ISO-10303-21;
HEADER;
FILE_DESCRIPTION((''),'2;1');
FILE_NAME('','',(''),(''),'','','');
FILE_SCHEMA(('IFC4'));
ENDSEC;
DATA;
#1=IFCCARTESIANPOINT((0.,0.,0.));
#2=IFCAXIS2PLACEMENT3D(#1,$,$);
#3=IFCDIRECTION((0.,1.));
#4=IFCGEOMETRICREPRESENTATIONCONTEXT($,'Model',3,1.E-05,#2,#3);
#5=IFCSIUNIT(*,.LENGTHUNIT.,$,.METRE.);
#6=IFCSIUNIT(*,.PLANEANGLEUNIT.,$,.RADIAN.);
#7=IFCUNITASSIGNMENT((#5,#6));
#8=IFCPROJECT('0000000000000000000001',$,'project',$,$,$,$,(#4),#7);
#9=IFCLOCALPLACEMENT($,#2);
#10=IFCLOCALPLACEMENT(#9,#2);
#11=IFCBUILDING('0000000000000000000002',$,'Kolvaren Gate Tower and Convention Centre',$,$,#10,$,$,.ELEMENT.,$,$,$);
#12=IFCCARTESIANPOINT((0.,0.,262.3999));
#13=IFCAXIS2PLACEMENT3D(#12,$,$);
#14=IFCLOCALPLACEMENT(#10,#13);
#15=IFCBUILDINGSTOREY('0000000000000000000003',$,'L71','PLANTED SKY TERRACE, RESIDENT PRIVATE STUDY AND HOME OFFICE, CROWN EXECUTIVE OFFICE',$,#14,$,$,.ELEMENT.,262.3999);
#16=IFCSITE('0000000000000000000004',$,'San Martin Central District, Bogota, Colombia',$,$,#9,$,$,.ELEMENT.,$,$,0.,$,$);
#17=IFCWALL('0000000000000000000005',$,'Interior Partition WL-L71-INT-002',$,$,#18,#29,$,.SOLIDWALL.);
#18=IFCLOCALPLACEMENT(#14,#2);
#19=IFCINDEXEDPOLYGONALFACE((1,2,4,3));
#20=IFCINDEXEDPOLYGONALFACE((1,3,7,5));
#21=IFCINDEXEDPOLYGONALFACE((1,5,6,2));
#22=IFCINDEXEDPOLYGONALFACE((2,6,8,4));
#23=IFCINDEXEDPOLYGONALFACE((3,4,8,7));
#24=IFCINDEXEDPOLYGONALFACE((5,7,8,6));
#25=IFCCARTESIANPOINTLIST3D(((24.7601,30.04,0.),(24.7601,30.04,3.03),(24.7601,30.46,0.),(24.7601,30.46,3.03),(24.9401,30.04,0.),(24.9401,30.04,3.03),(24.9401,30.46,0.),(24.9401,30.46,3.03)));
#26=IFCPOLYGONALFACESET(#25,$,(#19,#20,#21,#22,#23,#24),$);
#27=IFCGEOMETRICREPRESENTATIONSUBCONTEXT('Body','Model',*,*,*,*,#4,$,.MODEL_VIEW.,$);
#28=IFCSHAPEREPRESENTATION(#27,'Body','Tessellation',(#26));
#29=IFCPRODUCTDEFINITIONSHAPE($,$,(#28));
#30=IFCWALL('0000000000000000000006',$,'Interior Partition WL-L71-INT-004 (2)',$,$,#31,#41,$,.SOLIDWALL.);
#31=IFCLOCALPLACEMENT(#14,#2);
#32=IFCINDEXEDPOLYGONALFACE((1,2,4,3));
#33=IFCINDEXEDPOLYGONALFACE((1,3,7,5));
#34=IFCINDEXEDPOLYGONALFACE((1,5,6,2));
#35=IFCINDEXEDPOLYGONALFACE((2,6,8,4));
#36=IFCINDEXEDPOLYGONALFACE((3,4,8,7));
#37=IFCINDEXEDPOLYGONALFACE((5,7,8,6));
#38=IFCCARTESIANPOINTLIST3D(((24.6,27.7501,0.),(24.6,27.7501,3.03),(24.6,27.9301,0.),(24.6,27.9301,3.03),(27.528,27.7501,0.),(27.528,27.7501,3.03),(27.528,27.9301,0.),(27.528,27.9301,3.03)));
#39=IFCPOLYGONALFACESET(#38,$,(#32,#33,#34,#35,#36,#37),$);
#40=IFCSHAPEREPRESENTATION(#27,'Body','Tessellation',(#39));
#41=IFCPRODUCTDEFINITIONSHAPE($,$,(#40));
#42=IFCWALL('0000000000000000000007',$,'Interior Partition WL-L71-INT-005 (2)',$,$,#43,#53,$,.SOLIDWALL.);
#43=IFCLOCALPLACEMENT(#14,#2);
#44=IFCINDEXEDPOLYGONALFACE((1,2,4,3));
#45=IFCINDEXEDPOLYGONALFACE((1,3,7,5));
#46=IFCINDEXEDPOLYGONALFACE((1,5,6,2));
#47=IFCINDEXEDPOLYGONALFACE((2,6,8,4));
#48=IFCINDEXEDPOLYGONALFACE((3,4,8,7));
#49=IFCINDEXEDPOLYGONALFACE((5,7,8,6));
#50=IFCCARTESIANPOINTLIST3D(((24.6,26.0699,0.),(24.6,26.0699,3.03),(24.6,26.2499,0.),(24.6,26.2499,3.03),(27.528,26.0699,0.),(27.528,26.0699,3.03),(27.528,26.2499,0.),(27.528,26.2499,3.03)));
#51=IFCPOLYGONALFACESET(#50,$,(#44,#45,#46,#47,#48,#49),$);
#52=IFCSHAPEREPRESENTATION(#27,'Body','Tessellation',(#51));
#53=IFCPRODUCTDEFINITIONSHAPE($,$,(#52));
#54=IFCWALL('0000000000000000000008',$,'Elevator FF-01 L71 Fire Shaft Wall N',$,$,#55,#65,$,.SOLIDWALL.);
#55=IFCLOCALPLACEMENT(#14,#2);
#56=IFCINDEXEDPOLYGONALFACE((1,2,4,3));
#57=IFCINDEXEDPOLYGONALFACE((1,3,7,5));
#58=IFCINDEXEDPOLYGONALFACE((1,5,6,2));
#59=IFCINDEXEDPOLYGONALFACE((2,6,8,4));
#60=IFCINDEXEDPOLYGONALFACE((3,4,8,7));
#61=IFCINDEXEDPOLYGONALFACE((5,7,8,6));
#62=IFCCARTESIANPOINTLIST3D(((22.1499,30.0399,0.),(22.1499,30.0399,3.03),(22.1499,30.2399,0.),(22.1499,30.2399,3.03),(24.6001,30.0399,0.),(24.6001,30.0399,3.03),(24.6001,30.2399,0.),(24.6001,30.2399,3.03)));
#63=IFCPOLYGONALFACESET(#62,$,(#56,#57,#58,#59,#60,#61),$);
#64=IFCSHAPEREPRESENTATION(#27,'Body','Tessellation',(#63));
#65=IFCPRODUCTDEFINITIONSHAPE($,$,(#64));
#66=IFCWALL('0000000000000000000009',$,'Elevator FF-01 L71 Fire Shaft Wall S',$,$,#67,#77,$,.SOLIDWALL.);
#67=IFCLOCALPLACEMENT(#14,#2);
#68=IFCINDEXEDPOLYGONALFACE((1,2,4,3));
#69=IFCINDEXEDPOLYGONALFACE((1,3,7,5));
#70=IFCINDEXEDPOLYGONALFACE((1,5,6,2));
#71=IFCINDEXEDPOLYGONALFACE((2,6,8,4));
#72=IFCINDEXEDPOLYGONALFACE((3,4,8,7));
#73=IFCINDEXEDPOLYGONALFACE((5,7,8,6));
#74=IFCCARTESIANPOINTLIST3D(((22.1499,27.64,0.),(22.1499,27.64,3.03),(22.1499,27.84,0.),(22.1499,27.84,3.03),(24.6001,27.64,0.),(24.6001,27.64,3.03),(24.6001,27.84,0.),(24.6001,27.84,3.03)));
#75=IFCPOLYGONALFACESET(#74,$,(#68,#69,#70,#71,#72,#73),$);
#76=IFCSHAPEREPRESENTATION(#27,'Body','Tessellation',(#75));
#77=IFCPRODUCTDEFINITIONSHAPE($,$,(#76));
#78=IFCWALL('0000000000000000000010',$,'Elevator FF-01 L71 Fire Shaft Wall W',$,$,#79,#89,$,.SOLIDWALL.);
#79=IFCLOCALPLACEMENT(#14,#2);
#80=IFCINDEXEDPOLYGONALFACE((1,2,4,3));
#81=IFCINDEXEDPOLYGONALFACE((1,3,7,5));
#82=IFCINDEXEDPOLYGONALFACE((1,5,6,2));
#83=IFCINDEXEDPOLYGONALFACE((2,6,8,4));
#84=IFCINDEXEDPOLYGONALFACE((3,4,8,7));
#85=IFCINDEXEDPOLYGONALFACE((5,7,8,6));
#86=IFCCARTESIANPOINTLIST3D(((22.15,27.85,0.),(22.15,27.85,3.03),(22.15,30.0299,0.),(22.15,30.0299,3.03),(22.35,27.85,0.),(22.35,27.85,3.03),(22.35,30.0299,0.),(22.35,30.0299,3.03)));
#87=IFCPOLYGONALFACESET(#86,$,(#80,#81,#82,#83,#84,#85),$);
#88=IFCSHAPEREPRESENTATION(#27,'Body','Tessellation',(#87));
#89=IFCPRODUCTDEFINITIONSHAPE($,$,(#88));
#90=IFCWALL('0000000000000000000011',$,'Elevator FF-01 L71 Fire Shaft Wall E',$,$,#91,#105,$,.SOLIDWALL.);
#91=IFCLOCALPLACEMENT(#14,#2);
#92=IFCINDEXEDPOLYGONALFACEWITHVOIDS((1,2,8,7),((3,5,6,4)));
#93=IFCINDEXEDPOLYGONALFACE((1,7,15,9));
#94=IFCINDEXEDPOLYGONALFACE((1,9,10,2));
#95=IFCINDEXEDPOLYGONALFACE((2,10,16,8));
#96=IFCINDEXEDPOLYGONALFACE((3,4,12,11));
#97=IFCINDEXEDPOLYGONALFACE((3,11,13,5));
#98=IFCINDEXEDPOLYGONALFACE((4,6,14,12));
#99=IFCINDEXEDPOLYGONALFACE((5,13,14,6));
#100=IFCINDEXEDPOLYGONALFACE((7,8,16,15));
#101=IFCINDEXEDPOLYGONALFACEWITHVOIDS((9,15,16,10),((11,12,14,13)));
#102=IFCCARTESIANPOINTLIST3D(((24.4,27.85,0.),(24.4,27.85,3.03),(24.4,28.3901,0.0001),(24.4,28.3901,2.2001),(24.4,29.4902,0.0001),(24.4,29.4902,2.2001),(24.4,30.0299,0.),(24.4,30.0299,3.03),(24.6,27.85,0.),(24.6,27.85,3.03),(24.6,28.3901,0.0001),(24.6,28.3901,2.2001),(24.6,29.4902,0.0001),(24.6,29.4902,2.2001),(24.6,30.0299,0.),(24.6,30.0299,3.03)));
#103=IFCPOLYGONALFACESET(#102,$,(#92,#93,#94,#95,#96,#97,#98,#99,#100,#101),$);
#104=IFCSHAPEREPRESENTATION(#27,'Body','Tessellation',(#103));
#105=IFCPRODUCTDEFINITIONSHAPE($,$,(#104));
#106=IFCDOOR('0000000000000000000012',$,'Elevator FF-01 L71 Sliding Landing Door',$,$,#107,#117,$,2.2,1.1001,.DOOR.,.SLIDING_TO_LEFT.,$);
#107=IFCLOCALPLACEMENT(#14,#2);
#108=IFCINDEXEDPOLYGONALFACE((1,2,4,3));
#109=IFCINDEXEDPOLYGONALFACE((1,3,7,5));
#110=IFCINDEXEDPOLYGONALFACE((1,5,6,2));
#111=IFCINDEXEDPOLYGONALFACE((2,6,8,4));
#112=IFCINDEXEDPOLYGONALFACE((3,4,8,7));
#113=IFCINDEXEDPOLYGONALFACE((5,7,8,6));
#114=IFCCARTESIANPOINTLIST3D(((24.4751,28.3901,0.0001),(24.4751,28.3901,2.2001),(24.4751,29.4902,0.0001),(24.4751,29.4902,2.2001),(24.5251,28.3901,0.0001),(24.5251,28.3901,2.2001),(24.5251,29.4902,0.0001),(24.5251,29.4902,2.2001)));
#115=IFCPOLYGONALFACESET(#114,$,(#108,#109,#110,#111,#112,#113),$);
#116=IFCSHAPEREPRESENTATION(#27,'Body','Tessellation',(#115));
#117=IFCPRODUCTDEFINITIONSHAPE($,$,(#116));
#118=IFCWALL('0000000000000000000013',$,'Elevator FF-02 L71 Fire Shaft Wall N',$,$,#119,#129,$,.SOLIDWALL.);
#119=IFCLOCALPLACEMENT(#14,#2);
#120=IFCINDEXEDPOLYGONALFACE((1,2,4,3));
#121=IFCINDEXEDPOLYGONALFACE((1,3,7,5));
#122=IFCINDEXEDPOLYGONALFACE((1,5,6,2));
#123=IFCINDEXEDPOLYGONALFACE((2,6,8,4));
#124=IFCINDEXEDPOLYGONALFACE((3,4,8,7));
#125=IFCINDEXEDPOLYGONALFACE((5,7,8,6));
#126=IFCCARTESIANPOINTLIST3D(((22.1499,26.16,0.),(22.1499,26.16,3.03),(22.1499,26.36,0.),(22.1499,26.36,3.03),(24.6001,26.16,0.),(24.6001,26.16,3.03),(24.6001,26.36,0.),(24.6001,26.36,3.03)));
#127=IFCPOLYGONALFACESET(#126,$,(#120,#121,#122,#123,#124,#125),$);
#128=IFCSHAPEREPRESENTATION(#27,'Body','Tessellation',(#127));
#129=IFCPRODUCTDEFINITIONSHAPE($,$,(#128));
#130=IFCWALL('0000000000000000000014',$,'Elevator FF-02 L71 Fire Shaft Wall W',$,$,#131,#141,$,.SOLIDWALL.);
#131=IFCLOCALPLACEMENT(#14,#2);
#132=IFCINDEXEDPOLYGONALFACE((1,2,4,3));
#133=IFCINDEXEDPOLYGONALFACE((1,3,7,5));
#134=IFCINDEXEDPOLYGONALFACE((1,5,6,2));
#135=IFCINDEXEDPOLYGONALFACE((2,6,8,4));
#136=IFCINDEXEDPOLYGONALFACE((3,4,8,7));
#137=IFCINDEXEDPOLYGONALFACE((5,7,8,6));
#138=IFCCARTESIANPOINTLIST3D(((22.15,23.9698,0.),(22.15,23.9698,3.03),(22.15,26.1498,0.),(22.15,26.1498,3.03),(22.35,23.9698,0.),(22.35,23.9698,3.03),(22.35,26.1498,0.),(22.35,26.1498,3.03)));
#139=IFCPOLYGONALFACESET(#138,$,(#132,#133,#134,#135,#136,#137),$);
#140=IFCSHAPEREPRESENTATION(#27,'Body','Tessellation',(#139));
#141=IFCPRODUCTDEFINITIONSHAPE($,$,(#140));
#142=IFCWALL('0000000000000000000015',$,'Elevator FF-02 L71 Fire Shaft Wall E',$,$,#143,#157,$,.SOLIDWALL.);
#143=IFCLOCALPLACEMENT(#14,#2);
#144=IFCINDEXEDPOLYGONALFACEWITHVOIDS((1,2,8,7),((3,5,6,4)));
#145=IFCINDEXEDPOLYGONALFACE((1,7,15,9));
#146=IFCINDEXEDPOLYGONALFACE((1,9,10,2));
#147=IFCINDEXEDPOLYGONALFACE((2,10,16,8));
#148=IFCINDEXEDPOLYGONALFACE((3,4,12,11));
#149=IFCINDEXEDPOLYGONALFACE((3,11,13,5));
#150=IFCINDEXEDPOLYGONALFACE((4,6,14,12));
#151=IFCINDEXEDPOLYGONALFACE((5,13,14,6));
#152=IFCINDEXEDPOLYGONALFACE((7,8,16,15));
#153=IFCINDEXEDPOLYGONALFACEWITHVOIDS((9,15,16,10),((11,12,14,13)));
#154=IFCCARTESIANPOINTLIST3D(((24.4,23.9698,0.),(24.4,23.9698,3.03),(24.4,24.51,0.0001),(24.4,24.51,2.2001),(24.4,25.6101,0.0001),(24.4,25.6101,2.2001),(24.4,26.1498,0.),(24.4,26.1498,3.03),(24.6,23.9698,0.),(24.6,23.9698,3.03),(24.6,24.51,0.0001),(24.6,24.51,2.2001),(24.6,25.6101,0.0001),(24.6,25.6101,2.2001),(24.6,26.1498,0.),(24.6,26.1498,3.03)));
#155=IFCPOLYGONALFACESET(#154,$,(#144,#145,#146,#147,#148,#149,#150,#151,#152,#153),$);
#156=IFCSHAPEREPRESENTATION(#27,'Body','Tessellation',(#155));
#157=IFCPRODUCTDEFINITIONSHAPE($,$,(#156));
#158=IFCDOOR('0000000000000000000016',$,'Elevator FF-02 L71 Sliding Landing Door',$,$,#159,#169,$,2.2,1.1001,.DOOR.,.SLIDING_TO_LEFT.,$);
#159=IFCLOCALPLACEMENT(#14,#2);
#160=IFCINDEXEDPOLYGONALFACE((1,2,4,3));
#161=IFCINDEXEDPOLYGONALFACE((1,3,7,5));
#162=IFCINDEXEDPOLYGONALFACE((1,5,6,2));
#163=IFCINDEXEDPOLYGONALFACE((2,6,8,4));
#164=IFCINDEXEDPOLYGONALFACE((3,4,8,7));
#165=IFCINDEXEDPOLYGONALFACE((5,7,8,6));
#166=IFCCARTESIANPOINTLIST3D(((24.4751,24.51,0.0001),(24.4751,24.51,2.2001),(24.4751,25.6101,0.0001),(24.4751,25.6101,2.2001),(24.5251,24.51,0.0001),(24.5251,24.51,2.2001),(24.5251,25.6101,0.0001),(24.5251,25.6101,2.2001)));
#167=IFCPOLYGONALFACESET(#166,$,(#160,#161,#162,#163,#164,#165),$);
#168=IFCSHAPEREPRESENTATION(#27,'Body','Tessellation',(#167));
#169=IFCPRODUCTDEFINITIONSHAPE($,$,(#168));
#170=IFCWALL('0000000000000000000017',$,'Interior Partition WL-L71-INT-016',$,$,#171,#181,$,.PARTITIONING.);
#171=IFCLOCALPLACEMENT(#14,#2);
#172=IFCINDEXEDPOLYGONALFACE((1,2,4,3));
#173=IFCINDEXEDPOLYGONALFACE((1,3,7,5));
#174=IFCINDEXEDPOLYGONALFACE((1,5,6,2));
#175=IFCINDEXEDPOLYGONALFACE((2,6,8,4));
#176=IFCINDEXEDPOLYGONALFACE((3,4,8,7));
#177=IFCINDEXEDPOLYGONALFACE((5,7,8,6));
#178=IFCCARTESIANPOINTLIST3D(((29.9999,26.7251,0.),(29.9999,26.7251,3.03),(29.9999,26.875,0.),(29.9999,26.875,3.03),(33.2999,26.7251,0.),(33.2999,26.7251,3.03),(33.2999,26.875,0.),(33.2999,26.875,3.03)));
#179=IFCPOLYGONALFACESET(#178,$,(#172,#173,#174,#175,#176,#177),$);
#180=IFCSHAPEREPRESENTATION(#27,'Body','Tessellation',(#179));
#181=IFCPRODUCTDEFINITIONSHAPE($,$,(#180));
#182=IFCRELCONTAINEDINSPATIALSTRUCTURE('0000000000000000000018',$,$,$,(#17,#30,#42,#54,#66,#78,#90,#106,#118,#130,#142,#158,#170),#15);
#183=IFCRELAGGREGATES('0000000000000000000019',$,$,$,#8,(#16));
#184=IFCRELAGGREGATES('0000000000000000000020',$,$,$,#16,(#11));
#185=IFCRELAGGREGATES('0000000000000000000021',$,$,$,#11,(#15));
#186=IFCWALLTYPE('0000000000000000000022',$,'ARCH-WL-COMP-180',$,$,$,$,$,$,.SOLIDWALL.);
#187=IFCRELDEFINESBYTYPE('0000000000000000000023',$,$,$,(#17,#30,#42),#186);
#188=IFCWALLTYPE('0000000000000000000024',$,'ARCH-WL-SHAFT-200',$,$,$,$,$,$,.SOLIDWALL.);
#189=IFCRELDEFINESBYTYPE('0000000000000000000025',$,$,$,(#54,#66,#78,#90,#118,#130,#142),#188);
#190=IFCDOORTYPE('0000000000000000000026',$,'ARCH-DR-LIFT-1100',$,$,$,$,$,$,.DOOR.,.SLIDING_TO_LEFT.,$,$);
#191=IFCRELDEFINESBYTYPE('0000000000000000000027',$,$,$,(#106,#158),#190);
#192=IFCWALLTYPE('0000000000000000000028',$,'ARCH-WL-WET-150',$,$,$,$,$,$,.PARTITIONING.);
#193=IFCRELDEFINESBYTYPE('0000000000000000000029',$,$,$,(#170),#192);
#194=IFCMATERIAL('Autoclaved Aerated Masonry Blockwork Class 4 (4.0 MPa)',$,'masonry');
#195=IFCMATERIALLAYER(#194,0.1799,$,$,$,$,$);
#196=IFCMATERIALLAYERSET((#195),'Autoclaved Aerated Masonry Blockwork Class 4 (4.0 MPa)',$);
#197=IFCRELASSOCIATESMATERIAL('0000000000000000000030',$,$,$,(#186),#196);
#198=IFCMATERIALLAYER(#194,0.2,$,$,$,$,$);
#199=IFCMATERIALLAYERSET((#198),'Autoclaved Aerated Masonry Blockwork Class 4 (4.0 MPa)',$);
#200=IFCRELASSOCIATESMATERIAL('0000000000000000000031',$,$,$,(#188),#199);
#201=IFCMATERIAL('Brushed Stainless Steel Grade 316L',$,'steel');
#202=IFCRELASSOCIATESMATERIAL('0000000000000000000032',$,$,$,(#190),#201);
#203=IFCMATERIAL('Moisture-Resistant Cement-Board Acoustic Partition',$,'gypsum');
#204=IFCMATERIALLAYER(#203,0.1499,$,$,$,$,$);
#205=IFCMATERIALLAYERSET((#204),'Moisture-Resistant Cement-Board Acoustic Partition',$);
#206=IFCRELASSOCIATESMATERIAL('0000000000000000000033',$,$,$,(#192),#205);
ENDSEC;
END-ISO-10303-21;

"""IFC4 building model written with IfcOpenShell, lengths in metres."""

from ifc_helpers import new_model, si_unit, direction, frame, frame_2d, origin, place, context, subcontext, project, spatial, rectangle, extrude, material, layer, layer_set, type_object, element, fill, save


model = new_model("IFC4")

# Units and contexts
model_context = context("Model", 3, precision=1e-05, world=origin(), true_north=direction((0.0, 1.0)))
body_context = subcontext(model_context, "Body", "Model", "MODEL_VIEW")
ifc_project = project(units=[si_unit("LENGTHUNIT", "METRE"), si_unit("PLANEANGLEUNIT", "RADIAN")], contexts=[model_context])

# Site, building, storey
site_placement = place(None, origin())
site = spatial("IfcSite", under=ifc_project, at=site_placement, Name="San Martin Central District, Bogota, Colombia", CompositionType="ELEMENT", RefElevation=0.0)
building_placement = place(site_placement, origin())
building = spatial("IfcBuilding", under=site, at=building_placement, Name="Kolvaren Gate Tower and Convention Centre", CompositionType="ELEMENT")
storey_placement = place(building_placement, frame((0.0, 0.0, 262.3999)))
storey = spatial("IfcBuildingStorey", under=building, at=storey_placement, Name="L71", Description="PLANTED SKY TERRACE, RESIDENT PRIVATE STUDY AND HOME OFFICE, CROWN EXECUTIVE OFFICE", CompositionType="ELEMENT", Elevation=262.3999)

# Walls
ifc_material_1 = material(Name="Autoclaved Aerated Masonry Blockwork Class 4 (4.0 MPa)", Category="masonry")
ifc_layer_1 = layer(ifc_material_1, 0.1799)
ifc_layer_set_1 = layer_set([ifc_layer_1], Name="Autoclaved Aerated Masonry Blockwork Class 4 (4.0 MPa)")
wall_type_1 = type_object("IfcWallType", Name="ARCH-WL-COMP-180", PredefinedType="SOLIDWALL", material=ifc_layer_set_1)
wall_1_placement = place(storey_placement, frame((24.8501, 30.04, 0.0), z_axis=(0.0, 0.0, 1.0), x_axis=(0.0, 1.0, 0.0)))
element("IfcWall", 1, at=wall_1_placement, inside=storey, type_object=wall_type_1, Name="Interior Partition WL-L71-INT-002", PredefinedType="SOLIDWALL", context=body_context, shape_type="SweptSolid", body=[
    extrude(rectangle(XDim=0.4199, YDim=0.1799, at=frame_2d((0.21, 0.0))), origin(), (0.0, 0.0, 1.0), 3.03),
])
for number, where, z_axis, x_axis, name in (
    (2, (24.6001, 27.8401, 0.0), (0.0, 0.0, 1.0), (1.0, 0.0, 0.0), "Interior Partition WL-L71-INT-004 (2)"),
    (3, (24.6001, 26.1599, 0.0), (0.0, 0.0, 1.0), (1.0, 0.0, 0.0), "Interior Partition WL-L71-INT-005 (2)"),
):
    element("IfcWall", number, at=place(storey_placement, frame(where, z_axis=z_axis, x_axis=x_axis)), inside=storey, type_object=wall_type_1, Name=name, PredefinedType="SOLIDWALL", context=body_context, shape_type="SweptSolid", body=[
        extrude(rectangle(XDim=2.928, YDim=0.1799, at=frame_2d((1.4639, 0.0))), origin(), (0.0, 0.0, 1.0), 3.03),
    ])
ifc_layer_2 = layer(ifc_material_1, 0.2)
ifc_layer_set_2 = layer_set([ifc_layer_2], Name="Autoclaved Aerated Masonry Blockwork Class 4 (4.0 MPa)")
wall_type_2 = type_object("IfcWallType", Name="ARCH-WL-SHAFT-200", PredefinedType="SOLIDWALL", material=ifc_layer_set_2)
for number, where, z_axis, x_axis, name in (
    (4, (22.1499, 30.1399, 0.0), (0.0, 0.0, 1.0), (1.0, 0.0, 0.0), "Elevator FF-01 L71 Fire Shaft Wall N"),
    (5, (22.1499, 27.74, 0.0), (0.0, 0.0, 1.0), (1.0, 0.0, 0.0), "Elevator FF-01 L71 Fire Shaft Wall S"),
):
    element("IfcWall", number, at=place(storey_placement, frame(where, z_axis=z_axis, x_axis=x_axis)), inside=storey, type_object=wall_type_2, Name=name, PredefinedType="SOLIDWALL", context=body_context, shape_type="SweptSolid", body=[
        extrude(rectangle(XDim=2.4502, YDim=0.2, at=frame_2d((1.2251, 0.0))), origin(), (0.0, 0.0, 1.0), 3.03),
    ])
wall_2_placement = place(storey_placement, frame((22.25, 27.8501, 0.0), z_axis=(0.0, 0.0, 1.0), x_axis=(0.0, 1.0, 0.0)))
element("IfcWall", 6, at=wall_2_placement, inside=storey, type_object=wall_type_2, Name="Elevator FF-01 L71 Fire Shaft Wall W", PredefinedType="SOLIDWALL", context=body_context, shape_type="SweptSolid", body=[
    extrude(rectangle(XDim=2.1799, YDim=0.2, at=frame_2d((1.0898, 0.0))), origin(), (0.0, 0.0, 1.0), 3.03),
])

# Wall, opening, door
wall_3_placement = place(storey_placement, frame((24.5, 27.8501, 0.0), z_axis=(0.0, 0.0, 1.0), x_axis=(0.0, 1.0, 0.0)))
wall_3 = element("IfcWall", 7, at=wall_3_placement, inside=storey, type_object=wall_type_2, Name="Elevator FF-01 L71 Fire Shaft Wall E", PredefinedType="SOLIDWALL", context=body_context, shape_type="SweptSolid", body=[
    extrude(rectangle(XDim=2.1799, YDim=0.2, at=frame_2d((1.0898, 0.0))), origin(), (0.0, 0.0, 1.0), 3.03),
])
opening_1_placement = place(wall_3_placement, frame((0.54, 0.0, 0.0)))
opening_1 = element("IfcOpeningElement", 8, at=opening_1_placement, cuts=wall_3, PredefinedType="OPENING", context=body_context, shape_type="SweptSolid", body=[
    extrude(rectangle(XDim=1.1001, YDim=2.2, at=frame_2d((0.55, 1.1001))), frame((0.0, 0.1099, 0.0), z_axis=(0.0, -1.0, 0.0), x_axis=(1.0, 0.0, 0.0)), (0.0, 0.0, 1.0), 0.22),
])
ifc_material_2 = material(Name="Brushed Stainless Steel Grade 316L", Category="steel")
door_type_1 = type_object("IfcDoorType", Name="ARCH-DR-LIFT-1100", OperationType="SLIDING_TO_LEFT", PredefinedType="DOOR", material=ifc_material_2)
door_1_placement = place(opening_1_placement, origin())
door_1 = element("IfcDoor", 9, at=door_1_placement, inside=storey, type_object=door_type_1, Name="Elevator FF-01 L71 Sliding Landing Door", OperationType="SLIDING_TO_LEFT", OverallHeight=2.2, OverallWidth=1.1001, PredefinedType="DOOR", context=body_context, shape_type="SweptSolid", body=[
    extrude(rectangle(XDim=1.1001, YDim=2.2, at=frame_2d((0.55, 1.1001))), frame((0.0, 0.0249, 0.0), z_axis=(0.0, -1.0, 0.0), x_axis=(1.0, 0.0, 0.0)), (0.0, 0.0, 1.0), 0.05),
])
fill(opening_1, door_1)

# Walls
wall_4_placement = place(storey_placement, frame((22.1499, 26.26, 0.0), z_axis=(0.0, 0.0, 1.0), x_axis=(1.0, 0.0, 0.0)))
element("IfcWall", 10, at=wall_4_placement, inside=storey, type_object=wall_type_2, Name="Elevator FF-02 L71 Fire Shaft Wall N", PredefinedType="SOLIDWALL", context=body_context, shape_type="SweptSolid", body=[
    extrude(rectangle(XDim=2.4502, YDim=0.2, at=frame_2d((1.2251, 0.0))), origin(), (0.0, 0.0, 1.0), 3.03),
])
wall_5_placement = place(storey_placement, frame((22.25, 23.97, 0.0), z_axis=(0.0, 0.0, 1.0), x_axis=(0.0, 1.0, 0.0)))
element("IfcWall", 11, at=wall_5_placement, inside=storey, type_object=wall_type_2, Name="Elevator FF-02 L71 Fire Shaft Wall W", PredefinedType="SOLIDWALL", context=body_context, shape_type="SweptSolid", body=[
    extrude(rectangle(XDim=2.1799, YDim=0.2, at=frame_2d((1.0898, 0.0))), origin(), (0.0, 0.0, 1.0), 3.03),
])

# Wall, opening, door
wall_6_placement = place(storey_placement, frame((24.5, 23.97, 0.0), z_axis=(0.0, 0.0, 1.0), x_axis=(0.0, 1.0, 0.0)))
wall_6 = element("IfcWall", 12, at=wall_6_placement, inside=storey, type_object=wall_type_2, Name="Elevator FF-02 L71 Fire Shaft Wall E", PredefinedType="SOLIDWALL", context=body_context, shape_type="SweptSolid", body=[
    extrude(rectangle(XDim=2.1799, YDim=0.2, at=frame_2d((1.0898, 0.0))), origin(), (0.0, 0.0, 1.0), 3.03),
])
opening_2_placement = place(wall_6_placement, frame((0.54, 0.0, 0.0)))
opening_2 = element("IfcOpeningElement", 13, at=opening_2_placement, cuts=wall_6, PredefinedType="OPENING", context=body_context, shape_type="SweptSolid", body=[
    extrude(rectangle(XDim=1.1001, YDim=2.2, at=frame_2d((0.55, 1.1001))), frame((0.0, 0.1099, 0.0), z_axis=(0.0, -1.0, 0.0), x_axis=(1.0, 0.0, 0.0)), (0.0, 0.0, 1.0), 0.22),
])
door_2_placement = place(opening_2_placement, origin())
door_2 = element("IfcDoor", 14, at=door_2_placement, inside=storey, type_object=door_type_1, Name="Elevator FF-02 L71 Sliding Landing Door", OperationType="SLIDING_TO_LEFT", OverallHeight=2.2, OverallWidth=1.1001, PredefinedType="DOOR", context=body_context, shape_type="SweptSolid", body=[
    extrude(rectangle(XDim=1.1001, YDim=2.2, at=frame_2d((0.55, 1.1001))), frame((0.0, 0.0249, 0.0), z_axis=(0.0, -1.0, 0.0), x_axis=(1.0, 0.0, 0.0)), (0.0, 0.0, 1.0), 0.05),
])
fill(opening_2, door_2)

# Wall
ifc_material_3 = material(Name="Moisture-Resistant Cement-Board Acoustic Partition", Category="gypsum")
ifc_layer_3 = layer(ifc_material_3, 0.1499)
ifc_layer_set_3 = layer_set([ifc_layer_3], Name="Moisture-Resistant Cement-Board Acoustic Partition")
wall_type_3 = type_object("IfcWallType", Name="ARCH-WL-WET-150", PredefinedType="PARTITIONING", material=ifc_layer_set_3)
wall_7_placement = place(storey_placement, frame((30.0, 26.8, 0.0), z_axis=(0.0, 0.0, 1.0), x_axis=(1.0, 0.0, 0.0)))
element("IfcWall", 15, at=wall_7_placement, inside=storey, type_object=wall_type_3, Name="Interior Partition WL-L71-INT-016", PredefinedType="PARTITIONING", context=body_context, shape_type="SweptSolid", body=[
    extrude(rectangle(XDim=3.3, YDim=0.1499, at=frame_2d((1.6499, 0.0))), origin(), (0.0, 0.0, 1.0), 3.03),
])

save(model, "model.ifc")
